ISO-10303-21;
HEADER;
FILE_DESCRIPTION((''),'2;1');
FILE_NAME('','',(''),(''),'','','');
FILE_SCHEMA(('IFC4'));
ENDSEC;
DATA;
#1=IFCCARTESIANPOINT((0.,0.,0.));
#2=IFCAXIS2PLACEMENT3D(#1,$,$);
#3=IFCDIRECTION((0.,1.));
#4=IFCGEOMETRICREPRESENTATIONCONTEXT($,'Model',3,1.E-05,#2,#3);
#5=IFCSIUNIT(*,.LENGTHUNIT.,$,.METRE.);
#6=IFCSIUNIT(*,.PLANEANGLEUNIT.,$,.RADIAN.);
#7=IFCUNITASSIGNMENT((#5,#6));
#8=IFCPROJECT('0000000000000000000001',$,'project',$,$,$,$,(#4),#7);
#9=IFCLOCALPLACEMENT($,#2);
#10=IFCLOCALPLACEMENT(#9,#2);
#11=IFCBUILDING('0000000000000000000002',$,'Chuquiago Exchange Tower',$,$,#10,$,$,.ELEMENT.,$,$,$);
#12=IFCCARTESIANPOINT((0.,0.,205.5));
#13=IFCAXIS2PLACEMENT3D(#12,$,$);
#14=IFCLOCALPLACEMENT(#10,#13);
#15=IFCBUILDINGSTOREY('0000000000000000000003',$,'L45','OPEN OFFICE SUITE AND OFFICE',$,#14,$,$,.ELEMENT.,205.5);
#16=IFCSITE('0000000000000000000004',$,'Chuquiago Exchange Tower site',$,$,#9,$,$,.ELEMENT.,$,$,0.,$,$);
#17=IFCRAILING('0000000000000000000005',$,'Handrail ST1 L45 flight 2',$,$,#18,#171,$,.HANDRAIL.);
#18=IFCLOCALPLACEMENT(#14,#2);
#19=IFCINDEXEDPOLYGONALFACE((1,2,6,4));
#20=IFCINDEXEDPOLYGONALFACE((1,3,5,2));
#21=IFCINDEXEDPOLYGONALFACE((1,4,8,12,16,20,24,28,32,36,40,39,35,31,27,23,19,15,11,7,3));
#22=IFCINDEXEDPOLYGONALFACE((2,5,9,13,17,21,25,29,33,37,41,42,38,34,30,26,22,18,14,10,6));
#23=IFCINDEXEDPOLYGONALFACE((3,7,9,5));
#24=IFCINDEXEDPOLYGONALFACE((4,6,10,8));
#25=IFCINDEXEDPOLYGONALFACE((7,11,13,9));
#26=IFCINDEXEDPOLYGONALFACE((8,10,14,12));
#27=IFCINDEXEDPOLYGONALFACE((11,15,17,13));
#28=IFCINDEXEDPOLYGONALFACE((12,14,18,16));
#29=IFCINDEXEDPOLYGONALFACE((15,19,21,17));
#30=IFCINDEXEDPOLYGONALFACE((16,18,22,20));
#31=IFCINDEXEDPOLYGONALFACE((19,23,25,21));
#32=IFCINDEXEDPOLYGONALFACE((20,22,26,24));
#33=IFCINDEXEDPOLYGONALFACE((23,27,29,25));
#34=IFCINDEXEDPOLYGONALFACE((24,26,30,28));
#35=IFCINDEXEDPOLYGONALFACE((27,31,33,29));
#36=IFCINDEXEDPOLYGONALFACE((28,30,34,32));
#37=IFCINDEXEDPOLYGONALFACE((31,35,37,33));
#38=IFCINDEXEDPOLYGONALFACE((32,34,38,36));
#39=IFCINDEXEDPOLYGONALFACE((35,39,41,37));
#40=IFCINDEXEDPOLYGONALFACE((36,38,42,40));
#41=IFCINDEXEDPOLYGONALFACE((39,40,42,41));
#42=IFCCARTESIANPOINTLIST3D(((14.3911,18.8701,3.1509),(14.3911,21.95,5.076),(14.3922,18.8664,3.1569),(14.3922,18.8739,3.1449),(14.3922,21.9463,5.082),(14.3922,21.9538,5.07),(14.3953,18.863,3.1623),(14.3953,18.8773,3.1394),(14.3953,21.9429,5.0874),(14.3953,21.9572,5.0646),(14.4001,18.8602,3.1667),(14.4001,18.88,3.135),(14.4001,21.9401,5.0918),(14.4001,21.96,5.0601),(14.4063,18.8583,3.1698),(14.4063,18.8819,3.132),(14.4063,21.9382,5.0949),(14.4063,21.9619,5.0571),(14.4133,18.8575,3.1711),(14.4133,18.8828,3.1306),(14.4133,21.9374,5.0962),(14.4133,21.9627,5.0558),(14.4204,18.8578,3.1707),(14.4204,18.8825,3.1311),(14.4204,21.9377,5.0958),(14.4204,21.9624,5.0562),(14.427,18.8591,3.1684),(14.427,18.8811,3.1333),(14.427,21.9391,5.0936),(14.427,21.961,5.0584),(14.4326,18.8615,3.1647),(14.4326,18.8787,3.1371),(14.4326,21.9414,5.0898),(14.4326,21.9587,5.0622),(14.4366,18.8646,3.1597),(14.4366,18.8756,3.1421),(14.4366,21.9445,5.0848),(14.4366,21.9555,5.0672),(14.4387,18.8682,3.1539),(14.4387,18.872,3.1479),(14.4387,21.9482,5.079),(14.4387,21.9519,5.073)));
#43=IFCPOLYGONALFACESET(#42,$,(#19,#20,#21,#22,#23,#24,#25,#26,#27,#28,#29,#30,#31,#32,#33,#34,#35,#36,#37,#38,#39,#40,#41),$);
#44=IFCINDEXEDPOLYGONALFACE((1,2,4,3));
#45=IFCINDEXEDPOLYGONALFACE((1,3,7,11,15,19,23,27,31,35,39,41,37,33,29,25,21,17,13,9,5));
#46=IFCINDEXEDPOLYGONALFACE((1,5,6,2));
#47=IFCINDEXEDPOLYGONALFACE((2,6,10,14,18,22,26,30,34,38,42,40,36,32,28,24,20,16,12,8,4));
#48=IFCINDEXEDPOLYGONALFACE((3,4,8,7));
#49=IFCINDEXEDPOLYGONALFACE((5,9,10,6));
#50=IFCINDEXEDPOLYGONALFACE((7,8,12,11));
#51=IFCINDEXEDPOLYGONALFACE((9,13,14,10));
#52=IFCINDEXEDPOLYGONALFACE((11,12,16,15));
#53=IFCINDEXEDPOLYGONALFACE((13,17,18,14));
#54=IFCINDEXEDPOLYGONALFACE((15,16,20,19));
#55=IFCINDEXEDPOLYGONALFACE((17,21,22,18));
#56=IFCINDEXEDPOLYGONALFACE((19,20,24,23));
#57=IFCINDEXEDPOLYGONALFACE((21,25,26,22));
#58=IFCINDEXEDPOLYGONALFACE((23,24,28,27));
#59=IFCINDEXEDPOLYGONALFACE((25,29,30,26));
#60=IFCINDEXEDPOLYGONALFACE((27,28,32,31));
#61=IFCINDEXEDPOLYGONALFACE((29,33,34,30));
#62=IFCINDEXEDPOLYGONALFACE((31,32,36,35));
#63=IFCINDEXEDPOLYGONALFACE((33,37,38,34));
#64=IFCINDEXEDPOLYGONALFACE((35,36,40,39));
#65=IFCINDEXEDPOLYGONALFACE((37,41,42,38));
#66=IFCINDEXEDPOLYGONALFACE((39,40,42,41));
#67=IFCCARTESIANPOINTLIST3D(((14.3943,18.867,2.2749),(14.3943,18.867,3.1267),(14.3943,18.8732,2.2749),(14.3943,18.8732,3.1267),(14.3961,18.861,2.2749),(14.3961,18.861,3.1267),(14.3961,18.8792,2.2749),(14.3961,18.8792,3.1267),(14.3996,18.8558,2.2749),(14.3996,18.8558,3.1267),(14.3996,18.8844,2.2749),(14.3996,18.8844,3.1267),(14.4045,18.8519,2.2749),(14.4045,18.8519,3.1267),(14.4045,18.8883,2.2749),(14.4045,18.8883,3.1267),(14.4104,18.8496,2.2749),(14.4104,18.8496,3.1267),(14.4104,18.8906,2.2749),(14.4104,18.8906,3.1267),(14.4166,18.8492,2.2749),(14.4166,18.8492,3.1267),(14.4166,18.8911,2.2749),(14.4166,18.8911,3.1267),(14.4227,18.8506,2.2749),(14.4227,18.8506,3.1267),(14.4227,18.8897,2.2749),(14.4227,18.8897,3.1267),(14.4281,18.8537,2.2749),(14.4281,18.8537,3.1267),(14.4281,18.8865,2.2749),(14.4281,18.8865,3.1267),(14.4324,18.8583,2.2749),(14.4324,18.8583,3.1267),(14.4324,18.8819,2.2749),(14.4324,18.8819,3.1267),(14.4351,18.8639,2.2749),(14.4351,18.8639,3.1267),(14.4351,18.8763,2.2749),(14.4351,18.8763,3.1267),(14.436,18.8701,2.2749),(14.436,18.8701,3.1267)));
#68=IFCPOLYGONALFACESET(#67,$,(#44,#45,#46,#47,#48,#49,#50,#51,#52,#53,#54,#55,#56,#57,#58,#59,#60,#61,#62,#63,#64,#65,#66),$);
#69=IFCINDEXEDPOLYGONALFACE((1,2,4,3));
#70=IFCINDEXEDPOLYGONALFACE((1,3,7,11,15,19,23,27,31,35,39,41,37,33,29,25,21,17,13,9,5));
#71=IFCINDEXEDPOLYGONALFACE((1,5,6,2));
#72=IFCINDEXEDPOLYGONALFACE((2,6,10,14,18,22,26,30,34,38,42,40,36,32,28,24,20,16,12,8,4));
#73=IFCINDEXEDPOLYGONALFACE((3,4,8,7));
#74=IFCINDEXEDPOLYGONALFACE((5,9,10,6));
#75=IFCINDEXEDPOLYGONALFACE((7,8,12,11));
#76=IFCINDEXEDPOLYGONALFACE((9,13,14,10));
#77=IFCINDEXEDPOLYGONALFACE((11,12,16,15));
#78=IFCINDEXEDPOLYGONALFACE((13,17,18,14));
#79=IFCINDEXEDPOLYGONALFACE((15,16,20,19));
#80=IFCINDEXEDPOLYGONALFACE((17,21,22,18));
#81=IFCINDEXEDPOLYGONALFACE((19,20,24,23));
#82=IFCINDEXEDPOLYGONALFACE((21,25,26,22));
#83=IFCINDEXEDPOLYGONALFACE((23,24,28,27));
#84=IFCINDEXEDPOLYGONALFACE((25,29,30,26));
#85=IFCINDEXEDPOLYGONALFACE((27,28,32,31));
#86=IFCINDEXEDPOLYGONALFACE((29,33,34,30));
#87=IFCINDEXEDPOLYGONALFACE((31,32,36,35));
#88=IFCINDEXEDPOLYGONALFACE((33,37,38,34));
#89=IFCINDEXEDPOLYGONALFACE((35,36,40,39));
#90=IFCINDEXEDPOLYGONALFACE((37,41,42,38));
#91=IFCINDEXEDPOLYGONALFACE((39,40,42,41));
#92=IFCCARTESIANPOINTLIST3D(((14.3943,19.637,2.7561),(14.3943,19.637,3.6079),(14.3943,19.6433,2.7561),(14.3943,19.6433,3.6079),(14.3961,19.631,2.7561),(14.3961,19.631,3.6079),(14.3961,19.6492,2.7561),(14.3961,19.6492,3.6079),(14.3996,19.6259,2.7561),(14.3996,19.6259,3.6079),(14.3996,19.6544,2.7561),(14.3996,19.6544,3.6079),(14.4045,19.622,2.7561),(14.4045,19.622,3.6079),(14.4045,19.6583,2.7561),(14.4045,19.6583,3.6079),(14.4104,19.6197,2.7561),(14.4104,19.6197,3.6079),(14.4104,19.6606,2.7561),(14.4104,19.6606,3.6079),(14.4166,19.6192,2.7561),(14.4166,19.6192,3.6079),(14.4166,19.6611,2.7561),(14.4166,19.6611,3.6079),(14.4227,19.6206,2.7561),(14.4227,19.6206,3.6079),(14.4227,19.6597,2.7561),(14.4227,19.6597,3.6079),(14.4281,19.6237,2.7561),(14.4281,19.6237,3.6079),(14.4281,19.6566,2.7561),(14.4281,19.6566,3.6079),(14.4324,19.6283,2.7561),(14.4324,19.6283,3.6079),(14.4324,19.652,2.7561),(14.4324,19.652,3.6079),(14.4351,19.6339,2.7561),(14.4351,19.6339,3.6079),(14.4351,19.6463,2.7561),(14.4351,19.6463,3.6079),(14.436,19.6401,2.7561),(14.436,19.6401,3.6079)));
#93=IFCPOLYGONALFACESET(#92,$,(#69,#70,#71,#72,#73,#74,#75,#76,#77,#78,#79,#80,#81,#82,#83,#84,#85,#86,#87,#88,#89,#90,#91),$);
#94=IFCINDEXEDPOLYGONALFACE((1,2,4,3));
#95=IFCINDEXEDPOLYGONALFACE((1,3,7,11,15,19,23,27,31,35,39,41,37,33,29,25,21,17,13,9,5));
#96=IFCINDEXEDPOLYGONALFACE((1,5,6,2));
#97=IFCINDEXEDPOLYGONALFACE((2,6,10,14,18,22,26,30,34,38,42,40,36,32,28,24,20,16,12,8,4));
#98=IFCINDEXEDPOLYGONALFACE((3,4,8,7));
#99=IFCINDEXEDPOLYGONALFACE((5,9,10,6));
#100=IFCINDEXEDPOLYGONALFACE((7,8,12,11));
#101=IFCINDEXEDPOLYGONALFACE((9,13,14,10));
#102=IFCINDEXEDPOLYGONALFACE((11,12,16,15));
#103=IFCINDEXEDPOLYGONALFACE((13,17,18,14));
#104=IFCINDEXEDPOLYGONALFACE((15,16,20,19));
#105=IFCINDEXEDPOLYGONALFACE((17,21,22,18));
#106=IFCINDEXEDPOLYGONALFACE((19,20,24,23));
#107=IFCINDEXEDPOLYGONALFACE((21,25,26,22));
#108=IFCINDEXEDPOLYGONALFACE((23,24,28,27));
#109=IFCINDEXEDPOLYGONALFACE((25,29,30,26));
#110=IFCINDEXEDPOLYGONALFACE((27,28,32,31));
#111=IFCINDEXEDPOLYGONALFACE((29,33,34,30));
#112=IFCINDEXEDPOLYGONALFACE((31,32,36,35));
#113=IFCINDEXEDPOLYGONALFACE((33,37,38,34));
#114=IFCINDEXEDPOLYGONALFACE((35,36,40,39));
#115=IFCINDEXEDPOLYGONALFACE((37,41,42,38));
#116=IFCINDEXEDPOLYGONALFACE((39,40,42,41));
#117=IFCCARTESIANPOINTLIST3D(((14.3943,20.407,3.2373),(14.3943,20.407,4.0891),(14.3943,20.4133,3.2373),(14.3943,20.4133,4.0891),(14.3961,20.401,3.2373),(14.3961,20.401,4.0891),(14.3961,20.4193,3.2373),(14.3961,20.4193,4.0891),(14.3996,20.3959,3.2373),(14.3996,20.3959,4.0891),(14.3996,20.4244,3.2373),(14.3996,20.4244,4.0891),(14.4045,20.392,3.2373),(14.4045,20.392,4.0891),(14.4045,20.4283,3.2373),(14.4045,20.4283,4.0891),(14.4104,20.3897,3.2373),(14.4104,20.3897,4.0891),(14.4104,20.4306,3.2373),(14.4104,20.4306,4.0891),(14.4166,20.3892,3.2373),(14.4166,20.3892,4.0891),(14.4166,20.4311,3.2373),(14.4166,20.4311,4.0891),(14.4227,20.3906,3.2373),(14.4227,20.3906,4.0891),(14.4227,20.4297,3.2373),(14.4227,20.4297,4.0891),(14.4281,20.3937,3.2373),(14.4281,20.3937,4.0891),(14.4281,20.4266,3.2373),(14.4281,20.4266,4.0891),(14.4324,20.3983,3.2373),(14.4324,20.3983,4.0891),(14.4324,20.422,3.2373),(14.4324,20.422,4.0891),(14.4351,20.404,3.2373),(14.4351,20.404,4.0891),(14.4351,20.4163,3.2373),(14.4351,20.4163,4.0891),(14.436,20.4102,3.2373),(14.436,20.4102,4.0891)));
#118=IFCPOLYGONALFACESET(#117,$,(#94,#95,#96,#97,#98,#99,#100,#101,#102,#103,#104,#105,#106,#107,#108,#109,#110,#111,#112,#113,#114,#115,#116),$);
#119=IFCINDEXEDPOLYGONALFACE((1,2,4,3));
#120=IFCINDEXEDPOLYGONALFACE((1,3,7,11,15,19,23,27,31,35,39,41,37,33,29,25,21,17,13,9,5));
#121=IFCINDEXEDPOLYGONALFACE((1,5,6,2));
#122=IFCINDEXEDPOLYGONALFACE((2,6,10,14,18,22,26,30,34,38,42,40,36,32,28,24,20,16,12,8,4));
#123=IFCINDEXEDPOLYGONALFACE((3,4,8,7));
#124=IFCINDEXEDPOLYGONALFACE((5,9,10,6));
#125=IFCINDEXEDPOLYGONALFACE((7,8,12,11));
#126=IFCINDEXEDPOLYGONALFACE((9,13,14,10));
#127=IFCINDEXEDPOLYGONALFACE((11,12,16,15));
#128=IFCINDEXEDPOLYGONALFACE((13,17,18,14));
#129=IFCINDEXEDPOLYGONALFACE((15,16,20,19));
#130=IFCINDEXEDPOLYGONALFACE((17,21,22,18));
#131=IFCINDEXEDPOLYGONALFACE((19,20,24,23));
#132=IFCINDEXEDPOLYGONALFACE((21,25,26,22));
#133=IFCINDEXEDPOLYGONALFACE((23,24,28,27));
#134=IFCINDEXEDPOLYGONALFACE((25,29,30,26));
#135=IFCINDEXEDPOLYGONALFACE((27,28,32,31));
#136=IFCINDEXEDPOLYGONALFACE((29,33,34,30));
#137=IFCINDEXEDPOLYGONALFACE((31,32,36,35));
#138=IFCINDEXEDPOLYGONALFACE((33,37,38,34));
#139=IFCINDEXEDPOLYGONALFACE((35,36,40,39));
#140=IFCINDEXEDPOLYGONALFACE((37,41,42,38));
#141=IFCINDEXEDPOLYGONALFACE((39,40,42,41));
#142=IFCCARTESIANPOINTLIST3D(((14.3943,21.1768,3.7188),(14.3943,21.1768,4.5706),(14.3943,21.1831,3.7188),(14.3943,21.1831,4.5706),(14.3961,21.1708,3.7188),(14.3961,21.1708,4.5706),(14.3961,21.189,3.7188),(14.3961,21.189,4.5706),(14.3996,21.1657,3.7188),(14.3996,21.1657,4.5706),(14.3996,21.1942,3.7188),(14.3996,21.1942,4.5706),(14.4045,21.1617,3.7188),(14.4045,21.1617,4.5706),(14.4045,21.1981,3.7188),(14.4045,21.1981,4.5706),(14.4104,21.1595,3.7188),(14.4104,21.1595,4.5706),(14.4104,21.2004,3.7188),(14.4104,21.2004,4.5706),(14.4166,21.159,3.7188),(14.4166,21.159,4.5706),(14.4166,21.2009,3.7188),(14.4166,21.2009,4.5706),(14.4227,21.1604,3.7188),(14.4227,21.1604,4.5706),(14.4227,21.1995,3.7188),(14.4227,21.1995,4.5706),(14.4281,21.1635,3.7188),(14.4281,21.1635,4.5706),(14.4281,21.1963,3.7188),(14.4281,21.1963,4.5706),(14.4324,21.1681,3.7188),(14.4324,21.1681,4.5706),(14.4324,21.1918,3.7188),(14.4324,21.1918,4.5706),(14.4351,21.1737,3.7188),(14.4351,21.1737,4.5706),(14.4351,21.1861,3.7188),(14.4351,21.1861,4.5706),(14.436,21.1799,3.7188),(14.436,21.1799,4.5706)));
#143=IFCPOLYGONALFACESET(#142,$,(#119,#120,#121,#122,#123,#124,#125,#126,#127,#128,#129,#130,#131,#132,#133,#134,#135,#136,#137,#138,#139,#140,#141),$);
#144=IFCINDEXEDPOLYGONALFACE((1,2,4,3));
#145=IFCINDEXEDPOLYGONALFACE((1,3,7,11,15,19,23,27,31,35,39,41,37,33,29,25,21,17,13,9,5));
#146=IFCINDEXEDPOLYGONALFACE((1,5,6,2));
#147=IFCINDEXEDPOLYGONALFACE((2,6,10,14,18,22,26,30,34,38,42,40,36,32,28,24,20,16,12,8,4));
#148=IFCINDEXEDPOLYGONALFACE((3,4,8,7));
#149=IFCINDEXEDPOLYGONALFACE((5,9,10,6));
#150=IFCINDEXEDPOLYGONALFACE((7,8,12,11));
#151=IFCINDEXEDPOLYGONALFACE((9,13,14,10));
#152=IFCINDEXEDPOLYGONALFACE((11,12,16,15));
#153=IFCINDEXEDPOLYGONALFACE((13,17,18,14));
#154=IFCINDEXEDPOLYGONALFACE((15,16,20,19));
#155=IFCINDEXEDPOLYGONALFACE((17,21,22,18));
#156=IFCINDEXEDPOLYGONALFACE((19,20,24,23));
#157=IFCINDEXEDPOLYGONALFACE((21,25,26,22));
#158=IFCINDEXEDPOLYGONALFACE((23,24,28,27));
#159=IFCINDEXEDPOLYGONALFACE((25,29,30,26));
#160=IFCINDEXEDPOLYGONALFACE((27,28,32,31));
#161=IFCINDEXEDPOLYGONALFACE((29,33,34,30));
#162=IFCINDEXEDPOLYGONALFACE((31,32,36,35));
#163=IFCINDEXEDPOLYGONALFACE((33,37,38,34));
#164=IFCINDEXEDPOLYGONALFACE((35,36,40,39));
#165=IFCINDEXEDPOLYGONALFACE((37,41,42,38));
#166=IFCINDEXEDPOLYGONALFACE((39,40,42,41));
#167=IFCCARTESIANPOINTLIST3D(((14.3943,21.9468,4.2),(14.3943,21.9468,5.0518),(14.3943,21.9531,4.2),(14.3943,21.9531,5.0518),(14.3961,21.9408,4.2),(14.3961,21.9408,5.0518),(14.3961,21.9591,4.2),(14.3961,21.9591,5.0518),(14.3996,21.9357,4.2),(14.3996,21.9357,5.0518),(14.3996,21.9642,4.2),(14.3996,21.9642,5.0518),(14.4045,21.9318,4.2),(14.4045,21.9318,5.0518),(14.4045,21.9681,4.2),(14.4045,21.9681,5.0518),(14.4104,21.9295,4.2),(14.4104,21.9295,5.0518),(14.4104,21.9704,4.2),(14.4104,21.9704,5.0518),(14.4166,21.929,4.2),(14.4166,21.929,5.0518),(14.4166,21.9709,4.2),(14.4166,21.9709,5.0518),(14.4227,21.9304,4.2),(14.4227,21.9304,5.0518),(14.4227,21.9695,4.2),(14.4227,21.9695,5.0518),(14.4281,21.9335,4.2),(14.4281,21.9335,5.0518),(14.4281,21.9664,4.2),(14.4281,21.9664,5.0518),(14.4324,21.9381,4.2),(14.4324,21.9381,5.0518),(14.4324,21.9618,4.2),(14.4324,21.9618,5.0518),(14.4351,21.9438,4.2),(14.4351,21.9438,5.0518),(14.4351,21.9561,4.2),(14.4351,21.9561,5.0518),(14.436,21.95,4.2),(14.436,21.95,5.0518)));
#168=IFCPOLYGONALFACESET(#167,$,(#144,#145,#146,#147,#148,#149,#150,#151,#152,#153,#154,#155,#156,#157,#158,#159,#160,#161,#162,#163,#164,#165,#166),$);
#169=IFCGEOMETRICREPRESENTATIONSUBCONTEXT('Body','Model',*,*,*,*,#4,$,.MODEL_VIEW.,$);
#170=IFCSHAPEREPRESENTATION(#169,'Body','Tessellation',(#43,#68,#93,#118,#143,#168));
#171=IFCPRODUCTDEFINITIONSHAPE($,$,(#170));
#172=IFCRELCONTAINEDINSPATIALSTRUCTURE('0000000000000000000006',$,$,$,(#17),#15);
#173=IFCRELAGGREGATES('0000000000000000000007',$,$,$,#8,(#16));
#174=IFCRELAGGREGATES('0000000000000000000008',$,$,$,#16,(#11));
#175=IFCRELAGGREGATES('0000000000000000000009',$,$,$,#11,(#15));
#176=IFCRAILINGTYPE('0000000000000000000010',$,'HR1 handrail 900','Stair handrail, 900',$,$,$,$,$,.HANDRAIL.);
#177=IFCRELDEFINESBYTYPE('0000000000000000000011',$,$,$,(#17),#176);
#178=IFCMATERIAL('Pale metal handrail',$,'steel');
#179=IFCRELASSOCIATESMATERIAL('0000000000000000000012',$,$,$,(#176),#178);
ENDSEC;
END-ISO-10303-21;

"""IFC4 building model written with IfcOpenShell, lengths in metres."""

from ifc_helpers import new_model, si_unit, direction, frame, origin, origin_2d, place, context, subcontext, project, spatial, circle, extrude, material, type_object, element, save


model = new_model("IFC4")

# Units and contexts
model_context = context("Model", 3, precision=1e-05, world=origin(), true_north=direction((0.0, 1.0)))
body_context = subcontext(model_context, "Body", "Model", "MODEL_VIEW")
ifc_project = project(units=[si_unit("LENGTHUNIT", "METRE"), si_unit("PLANEANGLEUNIT", "RADIAN")], contexts=[model_context])

# Site, building, storey
site_placement = place(None, origin())
site = spatial("IfcSite", under=ifc_project, at=site_placement, Name="Chuquiago Exchange Tower site", CompositionType="ELEMENT", RefElevation=0.0)
building_placement = place(site_placement, origin())
building = spatial("IfcBuilding", under=site, at=building_placement, Name="Chuquiago Exchange Tower", CompositionType="ELEMENT")
storey_placement = place(building_placement, frame((0.0, 0.0, 205.5)))
storey = spatial("IfcBuildingStorey", under=building, at=storey_placement, Name="L45", Description="OPEN OFFICE SUITE AND OFFICE", CompositionType="ELEMENT", Elevation=205.5)

# Railing
ifc_material_1 = material(Name="Pale metal handrail", Category="steel")
railing_type_1 = type_object("IfcRailingType", Name="HR1 handrail 900", Description="Stair handrail, 900", PredefinedType="HANDRAIL", material=ifc_material_1)
for number, where, name in (
    (1, (14.415, 18.8701, 2.2749), "Handrail ST1 L45 flight 2"),
):
    element("IfcRailing", number, at=place(storey_placement, frame(where)), inside=storey, type_object=railing_type_1, Name=name, PredefinedType="HANDRAIL", context=body_context, shape_type="SweptSolid", body=[
        extrude(circle(Radius=0.0239, at=origin_2d()), frame((0.0, 0.0, 0.876), z_axis=(0.0, 0.847979, 0.530029), x_axis=(-1.0, 0.0, 0.0)), (0.0, 0.0, 1.0), 3.6321),
        extrude(circle(Radius=0.021, at=origin_2d()), origin(), (0.0, 0.0, 1.0), 0.8518),
        extrude(circle(Radius=0.021, at=origin_2d()), frame((0.0, 0.77, 0.4812)), (0.0, 0.0, 1.0), 0.8518),
        extrude(circle(Radius=0.021, at=origin_2d()), frame((0.0, 1.54, 0.9624)), (0.0, 0.0, 1.0), 0.8518),
        extrude(circle(Radius=0.021, at=origin_2d()), frame((0.0, 2.3098, 1.4438)), (0.0, 0.0, 1.0), 0.8518),
        extrude(circle(Radius=0.021, at=origin_2d()), frame((0.0, 3.0798, 1.925)), (0.0, 0.0, 1.0), 0.8518),
    ])

save(model, "model.ifc")
